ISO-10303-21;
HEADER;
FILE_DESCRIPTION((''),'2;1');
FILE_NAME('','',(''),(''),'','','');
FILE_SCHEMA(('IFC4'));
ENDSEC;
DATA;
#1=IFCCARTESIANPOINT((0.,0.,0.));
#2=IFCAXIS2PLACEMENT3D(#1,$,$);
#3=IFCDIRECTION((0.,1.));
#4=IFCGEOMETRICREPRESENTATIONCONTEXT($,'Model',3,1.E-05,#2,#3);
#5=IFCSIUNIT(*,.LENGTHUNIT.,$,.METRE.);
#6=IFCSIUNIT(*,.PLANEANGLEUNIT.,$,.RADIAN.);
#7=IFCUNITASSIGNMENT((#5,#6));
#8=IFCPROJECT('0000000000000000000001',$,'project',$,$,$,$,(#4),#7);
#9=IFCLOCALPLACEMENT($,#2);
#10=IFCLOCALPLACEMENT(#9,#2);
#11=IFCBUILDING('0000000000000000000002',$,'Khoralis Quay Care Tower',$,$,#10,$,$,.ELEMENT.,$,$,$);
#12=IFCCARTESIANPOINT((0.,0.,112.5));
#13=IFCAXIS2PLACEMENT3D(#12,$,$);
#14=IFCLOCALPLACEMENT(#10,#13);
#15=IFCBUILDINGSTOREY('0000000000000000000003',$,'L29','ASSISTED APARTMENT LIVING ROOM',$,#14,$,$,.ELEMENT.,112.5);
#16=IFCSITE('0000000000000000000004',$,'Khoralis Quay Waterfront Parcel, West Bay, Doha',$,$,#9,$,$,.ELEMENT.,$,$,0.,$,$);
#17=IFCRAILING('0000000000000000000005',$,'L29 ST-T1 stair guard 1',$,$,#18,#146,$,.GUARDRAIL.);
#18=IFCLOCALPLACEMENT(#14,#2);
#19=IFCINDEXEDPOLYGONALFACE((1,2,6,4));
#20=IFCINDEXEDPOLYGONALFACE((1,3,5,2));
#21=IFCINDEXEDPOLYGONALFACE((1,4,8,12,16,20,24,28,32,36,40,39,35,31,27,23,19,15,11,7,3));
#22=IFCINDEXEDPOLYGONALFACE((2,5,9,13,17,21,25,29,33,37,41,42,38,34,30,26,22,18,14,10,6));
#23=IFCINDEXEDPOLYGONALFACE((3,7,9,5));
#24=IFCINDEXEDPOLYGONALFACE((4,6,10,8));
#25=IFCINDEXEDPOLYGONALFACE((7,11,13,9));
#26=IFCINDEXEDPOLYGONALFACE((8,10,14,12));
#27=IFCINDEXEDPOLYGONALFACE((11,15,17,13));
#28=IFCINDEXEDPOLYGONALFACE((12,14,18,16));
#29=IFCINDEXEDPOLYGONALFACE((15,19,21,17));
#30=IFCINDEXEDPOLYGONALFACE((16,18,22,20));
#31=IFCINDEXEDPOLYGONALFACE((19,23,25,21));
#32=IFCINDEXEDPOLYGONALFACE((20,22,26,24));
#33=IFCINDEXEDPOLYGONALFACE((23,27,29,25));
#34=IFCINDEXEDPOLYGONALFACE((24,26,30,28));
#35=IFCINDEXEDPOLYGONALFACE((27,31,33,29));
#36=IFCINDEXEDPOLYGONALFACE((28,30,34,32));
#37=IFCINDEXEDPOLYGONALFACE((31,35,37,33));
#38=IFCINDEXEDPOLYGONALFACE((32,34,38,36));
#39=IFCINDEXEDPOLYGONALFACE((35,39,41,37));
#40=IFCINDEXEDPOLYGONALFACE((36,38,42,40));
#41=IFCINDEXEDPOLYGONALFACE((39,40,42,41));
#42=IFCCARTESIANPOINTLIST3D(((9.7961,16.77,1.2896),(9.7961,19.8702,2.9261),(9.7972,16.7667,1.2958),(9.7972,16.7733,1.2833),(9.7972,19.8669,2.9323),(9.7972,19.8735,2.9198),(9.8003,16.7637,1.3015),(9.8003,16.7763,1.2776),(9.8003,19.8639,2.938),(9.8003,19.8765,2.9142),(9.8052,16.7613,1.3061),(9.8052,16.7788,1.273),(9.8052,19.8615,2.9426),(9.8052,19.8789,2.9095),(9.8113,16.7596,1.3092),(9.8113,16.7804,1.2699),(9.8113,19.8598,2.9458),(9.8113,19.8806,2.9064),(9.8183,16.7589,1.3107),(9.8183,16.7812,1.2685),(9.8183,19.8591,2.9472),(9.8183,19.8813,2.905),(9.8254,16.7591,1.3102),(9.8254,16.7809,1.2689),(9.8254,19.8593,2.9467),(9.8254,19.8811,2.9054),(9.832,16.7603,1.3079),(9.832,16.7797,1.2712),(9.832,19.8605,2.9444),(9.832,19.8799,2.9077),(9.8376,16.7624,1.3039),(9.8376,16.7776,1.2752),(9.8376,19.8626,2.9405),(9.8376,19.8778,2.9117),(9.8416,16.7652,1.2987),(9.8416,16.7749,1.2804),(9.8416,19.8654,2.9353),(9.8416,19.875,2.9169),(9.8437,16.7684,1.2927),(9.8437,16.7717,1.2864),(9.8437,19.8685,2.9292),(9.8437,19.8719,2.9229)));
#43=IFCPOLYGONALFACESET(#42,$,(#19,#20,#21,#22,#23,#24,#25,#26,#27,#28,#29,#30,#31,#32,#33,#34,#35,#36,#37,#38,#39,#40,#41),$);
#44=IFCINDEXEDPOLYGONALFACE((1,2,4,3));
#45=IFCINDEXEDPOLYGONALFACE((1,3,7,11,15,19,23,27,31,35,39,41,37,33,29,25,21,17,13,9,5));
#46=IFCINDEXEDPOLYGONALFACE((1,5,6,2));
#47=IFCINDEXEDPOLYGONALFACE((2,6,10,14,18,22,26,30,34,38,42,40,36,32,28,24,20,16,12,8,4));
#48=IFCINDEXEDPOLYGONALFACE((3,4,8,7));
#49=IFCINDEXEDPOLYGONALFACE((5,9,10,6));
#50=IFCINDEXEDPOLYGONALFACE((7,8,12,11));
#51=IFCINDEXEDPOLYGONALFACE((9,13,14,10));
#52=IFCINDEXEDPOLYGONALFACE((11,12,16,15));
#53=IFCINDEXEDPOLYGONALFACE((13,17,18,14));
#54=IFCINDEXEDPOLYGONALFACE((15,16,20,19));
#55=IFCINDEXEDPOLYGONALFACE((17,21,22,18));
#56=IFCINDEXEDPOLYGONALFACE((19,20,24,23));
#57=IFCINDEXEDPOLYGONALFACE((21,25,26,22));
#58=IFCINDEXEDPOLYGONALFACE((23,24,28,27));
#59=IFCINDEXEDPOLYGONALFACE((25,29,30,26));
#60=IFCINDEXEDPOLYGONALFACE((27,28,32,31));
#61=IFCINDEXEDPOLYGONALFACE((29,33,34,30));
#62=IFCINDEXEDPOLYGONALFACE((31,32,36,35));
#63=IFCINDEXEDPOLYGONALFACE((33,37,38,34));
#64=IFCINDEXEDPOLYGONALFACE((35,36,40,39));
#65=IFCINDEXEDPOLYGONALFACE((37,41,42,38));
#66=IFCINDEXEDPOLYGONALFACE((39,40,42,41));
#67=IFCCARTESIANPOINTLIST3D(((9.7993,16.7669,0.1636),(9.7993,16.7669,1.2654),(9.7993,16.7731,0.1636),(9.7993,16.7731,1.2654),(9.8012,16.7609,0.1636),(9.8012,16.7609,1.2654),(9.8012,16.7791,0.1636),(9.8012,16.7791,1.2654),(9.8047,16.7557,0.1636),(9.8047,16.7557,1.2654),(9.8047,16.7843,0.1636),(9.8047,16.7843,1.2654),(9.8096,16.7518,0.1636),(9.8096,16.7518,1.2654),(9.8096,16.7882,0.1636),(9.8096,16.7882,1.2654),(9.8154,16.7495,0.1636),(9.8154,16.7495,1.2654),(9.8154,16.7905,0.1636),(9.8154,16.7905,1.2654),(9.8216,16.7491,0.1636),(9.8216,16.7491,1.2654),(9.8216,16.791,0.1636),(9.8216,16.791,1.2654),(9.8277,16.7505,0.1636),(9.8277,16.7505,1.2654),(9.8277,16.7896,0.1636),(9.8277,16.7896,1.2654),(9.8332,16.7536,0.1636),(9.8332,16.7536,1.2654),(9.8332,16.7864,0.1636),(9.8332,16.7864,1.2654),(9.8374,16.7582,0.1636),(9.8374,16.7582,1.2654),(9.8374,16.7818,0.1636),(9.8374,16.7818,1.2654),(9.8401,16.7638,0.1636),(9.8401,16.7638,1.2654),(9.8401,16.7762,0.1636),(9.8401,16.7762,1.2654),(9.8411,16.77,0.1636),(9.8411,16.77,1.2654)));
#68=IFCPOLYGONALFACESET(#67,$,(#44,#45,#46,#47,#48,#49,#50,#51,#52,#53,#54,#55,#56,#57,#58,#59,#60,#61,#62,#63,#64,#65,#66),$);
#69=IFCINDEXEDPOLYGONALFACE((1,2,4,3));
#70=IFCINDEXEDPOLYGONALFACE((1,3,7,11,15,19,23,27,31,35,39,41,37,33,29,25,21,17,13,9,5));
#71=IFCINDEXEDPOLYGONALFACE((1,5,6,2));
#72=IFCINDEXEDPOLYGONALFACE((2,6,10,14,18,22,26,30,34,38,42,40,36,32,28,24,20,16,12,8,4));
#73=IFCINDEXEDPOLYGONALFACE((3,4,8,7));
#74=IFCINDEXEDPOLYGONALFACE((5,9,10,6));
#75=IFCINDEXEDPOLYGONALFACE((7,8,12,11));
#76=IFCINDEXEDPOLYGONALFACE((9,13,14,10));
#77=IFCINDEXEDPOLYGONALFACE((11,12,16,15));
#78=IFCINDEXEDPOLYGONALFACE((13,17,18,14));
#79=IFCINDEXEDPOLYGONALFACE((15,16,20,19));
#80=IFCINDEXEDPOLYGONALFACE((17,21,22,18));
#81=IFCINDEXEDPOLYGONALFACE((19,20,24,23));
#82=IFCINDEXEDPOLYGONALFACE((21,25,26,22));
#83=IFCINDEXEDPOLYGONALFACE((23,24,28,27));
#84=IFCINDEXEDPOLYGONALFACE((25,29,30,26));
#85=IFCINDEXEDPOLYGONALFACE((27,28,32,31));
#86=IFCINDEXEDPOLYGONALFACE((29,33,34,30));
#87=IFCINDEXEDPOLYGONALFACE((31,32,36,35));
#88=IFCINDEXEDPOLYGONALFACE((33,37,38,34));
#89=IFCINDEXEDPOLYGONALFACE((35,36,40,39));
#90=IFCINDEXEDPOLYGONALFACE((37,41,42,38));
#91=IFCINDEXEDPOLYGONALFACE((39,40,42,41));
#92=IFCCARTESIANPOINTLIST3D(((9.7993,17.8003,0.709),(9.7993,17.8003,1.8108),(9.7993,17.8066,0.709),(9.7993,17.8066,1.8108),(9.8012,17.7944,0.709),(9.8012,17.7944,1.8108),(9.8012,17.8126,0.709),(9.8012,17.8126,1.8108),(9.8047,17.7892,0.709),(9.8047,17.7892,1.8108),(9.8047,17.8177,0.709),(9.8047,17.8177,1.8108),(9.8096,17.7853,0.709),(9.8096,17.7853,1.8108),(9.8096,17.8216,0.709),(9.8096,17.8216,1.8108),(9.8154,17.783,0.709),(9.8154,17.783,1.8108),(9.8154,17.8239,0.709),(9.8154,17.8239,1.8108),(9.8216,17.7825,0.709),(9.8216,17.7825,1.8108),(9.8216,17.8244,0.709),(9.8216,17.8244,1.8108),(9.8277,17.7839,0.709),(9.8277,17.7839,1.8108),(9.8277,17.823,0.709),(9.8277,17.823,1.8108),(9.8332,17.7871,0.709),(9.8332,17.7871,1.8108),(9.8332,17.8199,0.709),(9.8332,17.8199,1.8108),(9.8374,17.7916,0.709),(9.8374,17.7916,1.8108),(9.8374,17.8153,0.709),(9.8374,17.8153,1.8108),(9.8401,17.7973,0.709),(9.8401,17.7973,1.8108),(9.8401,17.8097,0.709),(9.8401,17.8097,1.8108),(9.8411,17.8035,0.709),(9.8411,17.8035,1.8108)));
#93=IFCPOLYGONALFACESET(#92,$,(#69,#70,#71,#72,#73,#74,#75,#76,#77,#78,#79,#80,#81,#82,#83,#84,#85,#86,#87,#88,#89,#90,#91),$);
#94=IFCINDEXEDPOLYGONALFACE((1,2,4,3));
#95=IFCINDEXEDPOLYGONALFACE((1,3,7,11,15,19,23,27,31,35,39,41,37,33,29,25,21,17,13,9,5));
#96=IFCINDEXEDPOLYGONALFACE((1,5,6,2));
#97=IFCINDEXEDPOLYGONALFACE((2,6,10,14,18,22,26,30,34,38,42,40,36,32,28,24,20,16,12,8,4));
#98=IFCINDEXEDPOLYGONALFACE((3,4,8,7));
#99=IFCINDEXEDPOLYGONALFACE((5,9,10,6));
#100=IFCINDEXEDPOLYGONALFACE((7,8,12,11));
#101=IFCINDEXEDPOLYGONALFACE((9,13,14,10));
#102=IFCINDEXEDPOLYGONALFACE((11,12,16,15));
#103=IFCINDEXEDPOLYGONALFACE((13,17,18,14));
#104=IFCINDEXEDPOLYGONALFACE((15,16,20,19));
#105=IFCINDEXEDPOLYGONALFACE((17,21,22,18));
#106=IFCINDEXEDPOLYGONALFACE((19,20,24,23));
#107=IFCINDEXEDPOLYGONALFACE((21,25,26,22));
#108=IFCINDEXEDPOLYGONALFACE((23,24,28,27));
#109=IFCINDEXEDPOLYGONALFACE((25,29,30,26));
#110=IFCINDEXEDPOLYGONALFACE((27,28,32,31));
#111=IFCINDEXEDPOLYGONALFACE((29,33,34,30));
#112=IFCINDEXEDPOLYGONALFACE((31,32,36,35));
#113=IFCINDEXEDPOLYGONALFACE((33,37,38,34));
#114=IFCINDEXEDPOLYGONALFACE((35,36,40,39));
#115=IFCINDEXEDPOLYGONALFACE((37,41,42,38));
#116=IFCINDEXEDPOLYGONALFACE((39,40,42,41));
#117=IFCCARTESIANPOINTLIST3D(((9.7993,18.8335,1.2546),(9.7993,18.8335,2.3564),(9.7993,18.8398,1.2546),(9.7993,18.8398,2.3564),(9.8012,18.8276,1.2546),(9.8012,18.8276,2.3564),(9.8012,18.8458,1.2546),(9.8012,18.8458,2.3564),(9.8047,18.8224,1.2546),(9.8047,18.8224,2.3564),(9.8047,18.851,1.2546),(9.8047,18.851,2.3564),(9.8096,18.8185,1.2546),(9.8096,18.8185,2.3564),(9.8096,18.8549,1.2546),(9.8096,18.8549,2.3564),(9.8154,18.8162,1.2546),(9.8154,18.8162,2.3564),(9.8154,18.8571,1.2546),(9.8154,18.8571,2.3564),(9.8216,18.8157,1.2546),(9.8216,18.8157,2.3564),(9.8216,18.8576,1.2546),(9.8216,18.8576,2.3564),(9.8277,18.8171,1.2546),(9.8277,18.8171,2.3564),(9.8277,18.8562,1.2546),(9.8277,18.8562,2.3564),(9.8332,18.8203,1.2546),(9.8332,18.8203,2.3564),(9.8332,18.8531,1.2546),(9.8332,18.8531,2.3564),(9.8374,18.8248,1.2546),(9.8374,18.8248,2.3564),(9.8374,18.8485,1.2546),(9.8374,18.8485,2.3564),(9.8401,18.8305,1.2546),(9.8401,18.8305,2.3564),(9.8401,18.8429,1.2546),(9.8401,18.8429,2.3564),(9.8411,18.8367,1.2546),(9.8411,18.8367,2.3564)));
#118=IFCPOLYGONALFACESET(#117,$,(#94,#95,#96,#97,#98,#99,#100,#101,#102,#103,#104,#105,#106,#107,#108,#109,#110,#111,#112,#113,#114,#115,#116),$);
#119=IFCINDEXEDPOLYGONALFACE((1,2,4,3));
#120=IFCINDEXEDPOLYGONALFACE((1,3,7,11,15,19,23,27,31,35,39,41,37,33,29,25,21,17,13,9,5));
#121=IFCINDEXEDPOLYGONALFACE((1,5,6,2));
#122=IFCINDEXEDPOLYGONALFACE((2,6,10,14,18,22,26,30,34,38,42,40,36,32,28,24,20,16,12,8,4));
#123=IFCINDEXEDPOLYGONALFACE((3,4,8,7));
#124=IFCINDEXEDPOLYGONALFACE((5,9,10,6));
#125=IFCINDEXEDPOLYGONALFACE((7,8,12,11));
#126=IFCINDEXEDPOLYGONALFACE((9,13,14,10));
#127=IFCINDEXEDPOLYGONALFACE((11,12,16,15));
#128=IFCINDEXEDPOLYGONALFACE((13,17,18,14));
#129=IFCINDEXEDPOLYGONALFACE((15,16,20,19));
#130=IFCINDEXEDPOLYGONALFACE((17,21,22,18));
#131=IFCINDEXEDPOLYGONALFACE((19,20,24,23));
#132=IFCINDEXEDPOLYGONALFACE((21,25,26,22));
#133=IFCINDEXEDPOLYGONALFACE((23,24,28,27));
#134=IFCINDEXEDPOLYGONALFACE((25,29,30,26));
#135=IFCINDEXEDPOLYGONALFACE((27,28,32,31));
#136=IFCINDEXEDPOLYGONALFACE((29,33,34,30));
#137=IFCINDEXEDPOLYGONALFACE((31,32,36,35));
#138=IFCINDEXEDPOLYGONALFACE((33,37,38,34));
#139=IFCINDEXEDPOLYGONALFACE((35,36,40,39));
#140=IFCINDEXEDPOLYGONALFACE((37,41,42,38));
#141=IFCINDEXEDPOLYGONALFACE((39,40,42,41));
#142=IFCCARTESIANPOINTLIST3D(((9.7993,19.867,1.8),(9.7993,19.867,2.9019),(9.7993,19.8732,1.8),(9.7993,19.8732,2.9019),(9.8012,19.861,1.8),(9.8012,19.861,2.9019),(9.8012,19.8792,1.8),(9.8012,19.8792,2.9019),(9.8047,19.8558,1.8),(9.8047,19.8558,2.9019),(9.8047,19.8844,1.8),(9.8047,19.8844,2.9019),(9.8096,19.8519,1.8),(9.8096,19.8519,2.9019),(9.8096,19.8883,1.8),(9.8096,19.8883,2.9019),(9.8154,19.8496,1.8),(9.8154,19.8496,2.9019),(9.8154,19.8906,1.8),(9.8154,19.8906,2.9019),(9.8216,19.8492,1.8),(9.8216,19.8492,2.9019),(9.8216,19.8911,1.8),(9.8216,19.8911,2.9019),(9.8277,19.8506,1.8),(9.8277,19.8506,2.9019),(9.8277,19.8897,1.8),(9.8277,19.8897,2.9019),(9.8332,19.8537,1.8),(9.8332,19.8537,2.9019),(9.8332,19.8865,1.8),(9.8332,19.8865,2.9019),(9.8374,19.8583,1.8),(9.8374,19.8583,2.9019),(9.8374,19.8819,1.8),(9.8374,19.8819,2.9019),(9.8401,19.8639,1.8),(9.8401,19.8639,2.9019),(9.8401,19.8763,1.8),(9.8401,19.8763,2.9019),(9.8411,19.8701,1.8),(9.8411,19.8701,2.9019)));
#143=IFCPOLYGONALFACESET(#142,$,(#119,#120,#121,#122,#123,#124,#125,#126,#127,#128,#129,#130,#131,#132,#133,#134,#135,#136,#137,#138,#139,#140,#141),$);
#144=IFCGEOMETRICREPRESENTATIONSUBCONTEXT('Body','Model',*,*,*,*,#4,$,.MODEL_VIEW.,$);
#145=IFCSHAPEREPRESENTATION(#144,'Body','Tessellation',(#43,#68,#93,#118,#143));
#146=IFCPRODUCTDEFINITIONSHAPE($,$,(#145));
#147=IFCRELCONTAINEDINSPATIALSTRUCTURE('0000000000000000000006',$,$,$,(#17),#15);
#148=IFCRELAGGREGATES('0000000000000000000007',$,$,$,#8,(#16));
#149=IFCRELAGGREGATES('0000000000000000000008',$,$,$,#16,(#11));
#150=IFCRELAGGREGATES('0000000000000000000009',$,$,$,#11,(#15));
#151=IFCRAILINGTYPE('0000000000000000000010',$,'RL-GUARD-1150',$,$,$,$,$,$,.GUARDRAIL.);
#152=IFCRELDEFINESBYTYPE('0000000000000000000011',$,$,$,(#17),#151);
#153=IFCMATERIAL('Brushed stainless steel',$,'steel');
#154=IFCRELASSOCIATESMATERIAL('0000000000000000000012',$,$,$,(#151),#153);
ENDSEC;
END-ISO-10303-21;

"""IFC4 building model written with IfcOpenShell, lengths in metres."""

from ifc_helpers import new_model, si_unit, direction, frame, origin, origin_2d, place, context, subcontext, project, spatial, circle, extrude, material, type_object, element, save


model = new_model("IFC4")

# Units and contexts
model_context = context("Model", 3, precision=1e-05, world=origin(), true_north=direction((0.0, 1.0)))
body_context = subcontext(model_context, "Body", "Model", "MODEL_VIEW")
ifc_project = project(units=[si_unit("LENGTHUNIT", "METRE"), si_unit("PLANEANGLEUNIT", "RADIAN")], contexts=[model_context])

# Site, building, storey
site_placement = place(None, origin())
site = spatial("IfcSite", under=ifc_project, at=site_placement, Name="Khoralis Quay Waterfront Parcel, West Bay, Doha", CompositionType="ELEMENT", RefElevation=0.0)
building_placement = place(site_placement, origin())
building = spatial("IfcBuilding", under=site, at=building_placement, Name="Khoralis Quay Care Tower", CompositionType="ELEMENT")
storey_placement = place(building_placement, frame((0.0, 0.0, 112.5)))
storey = spatial("IfcBuildingStorey", under=building, at=storey_placement, Name="L29", Description="ASSISTED APARTMENT LIVING ROOM", CompositionType="ELEMENT", Elevation=112.5)

# Shared definitions
ifc_material_1 = material(Name="Brushed stainless steel", Category="steel")

# Railing
railing_type_1 = type_object("IfcRailingType", Name="RL-GUARD-1150", PredefinedType="GUARDRAIL", material=ifc_material_1)
railing_1_placement = place(storey_placement, frame((9.8201, 16.77, 0.1636)))
element("IfcRailing", 1, at=railing_1_placement, inside=storey, type_object=railing_type_1, Name="L29 ST-T1 stair guard 1", PredefinedType="GUARDRAIL", context=body_context, shape_type="SweptSolid", body=[
    extrude(circle(Radius=0.0239, at=origin_2d()), frame((0.0, 0.0, 1.126), z_axis=(0.0, 0.884348, 0.466828), x_axis=(-1.0, 0.0, 0.0)), (0.0, 0.0, 1.0), 3.5056),
    extrude(circle(Radius=0.021, at=origin_2d()), origin(), (0.0, 0.0, 1.0), 1.1018),
    extrude(circle(Radius=0.021, at=origin_2d()), frame((0.0, 1.0334, 0.5454)), (0.0, 0.0, 1.0), 1.1018),
    extrude(circle(Radius=0.021, at=origin_2d()), frame((0.0, 2.0667, 1.0911)), (0.0, 0.0, 1.0), 1.1018),
    extrude(circle(Radius=0.021, at=origin_2d()), frame((0.0, 3.1001, 1.6365)), (0.0, 0.0, 1.0), 1.1018),
])

save(model, "model.ifc")
